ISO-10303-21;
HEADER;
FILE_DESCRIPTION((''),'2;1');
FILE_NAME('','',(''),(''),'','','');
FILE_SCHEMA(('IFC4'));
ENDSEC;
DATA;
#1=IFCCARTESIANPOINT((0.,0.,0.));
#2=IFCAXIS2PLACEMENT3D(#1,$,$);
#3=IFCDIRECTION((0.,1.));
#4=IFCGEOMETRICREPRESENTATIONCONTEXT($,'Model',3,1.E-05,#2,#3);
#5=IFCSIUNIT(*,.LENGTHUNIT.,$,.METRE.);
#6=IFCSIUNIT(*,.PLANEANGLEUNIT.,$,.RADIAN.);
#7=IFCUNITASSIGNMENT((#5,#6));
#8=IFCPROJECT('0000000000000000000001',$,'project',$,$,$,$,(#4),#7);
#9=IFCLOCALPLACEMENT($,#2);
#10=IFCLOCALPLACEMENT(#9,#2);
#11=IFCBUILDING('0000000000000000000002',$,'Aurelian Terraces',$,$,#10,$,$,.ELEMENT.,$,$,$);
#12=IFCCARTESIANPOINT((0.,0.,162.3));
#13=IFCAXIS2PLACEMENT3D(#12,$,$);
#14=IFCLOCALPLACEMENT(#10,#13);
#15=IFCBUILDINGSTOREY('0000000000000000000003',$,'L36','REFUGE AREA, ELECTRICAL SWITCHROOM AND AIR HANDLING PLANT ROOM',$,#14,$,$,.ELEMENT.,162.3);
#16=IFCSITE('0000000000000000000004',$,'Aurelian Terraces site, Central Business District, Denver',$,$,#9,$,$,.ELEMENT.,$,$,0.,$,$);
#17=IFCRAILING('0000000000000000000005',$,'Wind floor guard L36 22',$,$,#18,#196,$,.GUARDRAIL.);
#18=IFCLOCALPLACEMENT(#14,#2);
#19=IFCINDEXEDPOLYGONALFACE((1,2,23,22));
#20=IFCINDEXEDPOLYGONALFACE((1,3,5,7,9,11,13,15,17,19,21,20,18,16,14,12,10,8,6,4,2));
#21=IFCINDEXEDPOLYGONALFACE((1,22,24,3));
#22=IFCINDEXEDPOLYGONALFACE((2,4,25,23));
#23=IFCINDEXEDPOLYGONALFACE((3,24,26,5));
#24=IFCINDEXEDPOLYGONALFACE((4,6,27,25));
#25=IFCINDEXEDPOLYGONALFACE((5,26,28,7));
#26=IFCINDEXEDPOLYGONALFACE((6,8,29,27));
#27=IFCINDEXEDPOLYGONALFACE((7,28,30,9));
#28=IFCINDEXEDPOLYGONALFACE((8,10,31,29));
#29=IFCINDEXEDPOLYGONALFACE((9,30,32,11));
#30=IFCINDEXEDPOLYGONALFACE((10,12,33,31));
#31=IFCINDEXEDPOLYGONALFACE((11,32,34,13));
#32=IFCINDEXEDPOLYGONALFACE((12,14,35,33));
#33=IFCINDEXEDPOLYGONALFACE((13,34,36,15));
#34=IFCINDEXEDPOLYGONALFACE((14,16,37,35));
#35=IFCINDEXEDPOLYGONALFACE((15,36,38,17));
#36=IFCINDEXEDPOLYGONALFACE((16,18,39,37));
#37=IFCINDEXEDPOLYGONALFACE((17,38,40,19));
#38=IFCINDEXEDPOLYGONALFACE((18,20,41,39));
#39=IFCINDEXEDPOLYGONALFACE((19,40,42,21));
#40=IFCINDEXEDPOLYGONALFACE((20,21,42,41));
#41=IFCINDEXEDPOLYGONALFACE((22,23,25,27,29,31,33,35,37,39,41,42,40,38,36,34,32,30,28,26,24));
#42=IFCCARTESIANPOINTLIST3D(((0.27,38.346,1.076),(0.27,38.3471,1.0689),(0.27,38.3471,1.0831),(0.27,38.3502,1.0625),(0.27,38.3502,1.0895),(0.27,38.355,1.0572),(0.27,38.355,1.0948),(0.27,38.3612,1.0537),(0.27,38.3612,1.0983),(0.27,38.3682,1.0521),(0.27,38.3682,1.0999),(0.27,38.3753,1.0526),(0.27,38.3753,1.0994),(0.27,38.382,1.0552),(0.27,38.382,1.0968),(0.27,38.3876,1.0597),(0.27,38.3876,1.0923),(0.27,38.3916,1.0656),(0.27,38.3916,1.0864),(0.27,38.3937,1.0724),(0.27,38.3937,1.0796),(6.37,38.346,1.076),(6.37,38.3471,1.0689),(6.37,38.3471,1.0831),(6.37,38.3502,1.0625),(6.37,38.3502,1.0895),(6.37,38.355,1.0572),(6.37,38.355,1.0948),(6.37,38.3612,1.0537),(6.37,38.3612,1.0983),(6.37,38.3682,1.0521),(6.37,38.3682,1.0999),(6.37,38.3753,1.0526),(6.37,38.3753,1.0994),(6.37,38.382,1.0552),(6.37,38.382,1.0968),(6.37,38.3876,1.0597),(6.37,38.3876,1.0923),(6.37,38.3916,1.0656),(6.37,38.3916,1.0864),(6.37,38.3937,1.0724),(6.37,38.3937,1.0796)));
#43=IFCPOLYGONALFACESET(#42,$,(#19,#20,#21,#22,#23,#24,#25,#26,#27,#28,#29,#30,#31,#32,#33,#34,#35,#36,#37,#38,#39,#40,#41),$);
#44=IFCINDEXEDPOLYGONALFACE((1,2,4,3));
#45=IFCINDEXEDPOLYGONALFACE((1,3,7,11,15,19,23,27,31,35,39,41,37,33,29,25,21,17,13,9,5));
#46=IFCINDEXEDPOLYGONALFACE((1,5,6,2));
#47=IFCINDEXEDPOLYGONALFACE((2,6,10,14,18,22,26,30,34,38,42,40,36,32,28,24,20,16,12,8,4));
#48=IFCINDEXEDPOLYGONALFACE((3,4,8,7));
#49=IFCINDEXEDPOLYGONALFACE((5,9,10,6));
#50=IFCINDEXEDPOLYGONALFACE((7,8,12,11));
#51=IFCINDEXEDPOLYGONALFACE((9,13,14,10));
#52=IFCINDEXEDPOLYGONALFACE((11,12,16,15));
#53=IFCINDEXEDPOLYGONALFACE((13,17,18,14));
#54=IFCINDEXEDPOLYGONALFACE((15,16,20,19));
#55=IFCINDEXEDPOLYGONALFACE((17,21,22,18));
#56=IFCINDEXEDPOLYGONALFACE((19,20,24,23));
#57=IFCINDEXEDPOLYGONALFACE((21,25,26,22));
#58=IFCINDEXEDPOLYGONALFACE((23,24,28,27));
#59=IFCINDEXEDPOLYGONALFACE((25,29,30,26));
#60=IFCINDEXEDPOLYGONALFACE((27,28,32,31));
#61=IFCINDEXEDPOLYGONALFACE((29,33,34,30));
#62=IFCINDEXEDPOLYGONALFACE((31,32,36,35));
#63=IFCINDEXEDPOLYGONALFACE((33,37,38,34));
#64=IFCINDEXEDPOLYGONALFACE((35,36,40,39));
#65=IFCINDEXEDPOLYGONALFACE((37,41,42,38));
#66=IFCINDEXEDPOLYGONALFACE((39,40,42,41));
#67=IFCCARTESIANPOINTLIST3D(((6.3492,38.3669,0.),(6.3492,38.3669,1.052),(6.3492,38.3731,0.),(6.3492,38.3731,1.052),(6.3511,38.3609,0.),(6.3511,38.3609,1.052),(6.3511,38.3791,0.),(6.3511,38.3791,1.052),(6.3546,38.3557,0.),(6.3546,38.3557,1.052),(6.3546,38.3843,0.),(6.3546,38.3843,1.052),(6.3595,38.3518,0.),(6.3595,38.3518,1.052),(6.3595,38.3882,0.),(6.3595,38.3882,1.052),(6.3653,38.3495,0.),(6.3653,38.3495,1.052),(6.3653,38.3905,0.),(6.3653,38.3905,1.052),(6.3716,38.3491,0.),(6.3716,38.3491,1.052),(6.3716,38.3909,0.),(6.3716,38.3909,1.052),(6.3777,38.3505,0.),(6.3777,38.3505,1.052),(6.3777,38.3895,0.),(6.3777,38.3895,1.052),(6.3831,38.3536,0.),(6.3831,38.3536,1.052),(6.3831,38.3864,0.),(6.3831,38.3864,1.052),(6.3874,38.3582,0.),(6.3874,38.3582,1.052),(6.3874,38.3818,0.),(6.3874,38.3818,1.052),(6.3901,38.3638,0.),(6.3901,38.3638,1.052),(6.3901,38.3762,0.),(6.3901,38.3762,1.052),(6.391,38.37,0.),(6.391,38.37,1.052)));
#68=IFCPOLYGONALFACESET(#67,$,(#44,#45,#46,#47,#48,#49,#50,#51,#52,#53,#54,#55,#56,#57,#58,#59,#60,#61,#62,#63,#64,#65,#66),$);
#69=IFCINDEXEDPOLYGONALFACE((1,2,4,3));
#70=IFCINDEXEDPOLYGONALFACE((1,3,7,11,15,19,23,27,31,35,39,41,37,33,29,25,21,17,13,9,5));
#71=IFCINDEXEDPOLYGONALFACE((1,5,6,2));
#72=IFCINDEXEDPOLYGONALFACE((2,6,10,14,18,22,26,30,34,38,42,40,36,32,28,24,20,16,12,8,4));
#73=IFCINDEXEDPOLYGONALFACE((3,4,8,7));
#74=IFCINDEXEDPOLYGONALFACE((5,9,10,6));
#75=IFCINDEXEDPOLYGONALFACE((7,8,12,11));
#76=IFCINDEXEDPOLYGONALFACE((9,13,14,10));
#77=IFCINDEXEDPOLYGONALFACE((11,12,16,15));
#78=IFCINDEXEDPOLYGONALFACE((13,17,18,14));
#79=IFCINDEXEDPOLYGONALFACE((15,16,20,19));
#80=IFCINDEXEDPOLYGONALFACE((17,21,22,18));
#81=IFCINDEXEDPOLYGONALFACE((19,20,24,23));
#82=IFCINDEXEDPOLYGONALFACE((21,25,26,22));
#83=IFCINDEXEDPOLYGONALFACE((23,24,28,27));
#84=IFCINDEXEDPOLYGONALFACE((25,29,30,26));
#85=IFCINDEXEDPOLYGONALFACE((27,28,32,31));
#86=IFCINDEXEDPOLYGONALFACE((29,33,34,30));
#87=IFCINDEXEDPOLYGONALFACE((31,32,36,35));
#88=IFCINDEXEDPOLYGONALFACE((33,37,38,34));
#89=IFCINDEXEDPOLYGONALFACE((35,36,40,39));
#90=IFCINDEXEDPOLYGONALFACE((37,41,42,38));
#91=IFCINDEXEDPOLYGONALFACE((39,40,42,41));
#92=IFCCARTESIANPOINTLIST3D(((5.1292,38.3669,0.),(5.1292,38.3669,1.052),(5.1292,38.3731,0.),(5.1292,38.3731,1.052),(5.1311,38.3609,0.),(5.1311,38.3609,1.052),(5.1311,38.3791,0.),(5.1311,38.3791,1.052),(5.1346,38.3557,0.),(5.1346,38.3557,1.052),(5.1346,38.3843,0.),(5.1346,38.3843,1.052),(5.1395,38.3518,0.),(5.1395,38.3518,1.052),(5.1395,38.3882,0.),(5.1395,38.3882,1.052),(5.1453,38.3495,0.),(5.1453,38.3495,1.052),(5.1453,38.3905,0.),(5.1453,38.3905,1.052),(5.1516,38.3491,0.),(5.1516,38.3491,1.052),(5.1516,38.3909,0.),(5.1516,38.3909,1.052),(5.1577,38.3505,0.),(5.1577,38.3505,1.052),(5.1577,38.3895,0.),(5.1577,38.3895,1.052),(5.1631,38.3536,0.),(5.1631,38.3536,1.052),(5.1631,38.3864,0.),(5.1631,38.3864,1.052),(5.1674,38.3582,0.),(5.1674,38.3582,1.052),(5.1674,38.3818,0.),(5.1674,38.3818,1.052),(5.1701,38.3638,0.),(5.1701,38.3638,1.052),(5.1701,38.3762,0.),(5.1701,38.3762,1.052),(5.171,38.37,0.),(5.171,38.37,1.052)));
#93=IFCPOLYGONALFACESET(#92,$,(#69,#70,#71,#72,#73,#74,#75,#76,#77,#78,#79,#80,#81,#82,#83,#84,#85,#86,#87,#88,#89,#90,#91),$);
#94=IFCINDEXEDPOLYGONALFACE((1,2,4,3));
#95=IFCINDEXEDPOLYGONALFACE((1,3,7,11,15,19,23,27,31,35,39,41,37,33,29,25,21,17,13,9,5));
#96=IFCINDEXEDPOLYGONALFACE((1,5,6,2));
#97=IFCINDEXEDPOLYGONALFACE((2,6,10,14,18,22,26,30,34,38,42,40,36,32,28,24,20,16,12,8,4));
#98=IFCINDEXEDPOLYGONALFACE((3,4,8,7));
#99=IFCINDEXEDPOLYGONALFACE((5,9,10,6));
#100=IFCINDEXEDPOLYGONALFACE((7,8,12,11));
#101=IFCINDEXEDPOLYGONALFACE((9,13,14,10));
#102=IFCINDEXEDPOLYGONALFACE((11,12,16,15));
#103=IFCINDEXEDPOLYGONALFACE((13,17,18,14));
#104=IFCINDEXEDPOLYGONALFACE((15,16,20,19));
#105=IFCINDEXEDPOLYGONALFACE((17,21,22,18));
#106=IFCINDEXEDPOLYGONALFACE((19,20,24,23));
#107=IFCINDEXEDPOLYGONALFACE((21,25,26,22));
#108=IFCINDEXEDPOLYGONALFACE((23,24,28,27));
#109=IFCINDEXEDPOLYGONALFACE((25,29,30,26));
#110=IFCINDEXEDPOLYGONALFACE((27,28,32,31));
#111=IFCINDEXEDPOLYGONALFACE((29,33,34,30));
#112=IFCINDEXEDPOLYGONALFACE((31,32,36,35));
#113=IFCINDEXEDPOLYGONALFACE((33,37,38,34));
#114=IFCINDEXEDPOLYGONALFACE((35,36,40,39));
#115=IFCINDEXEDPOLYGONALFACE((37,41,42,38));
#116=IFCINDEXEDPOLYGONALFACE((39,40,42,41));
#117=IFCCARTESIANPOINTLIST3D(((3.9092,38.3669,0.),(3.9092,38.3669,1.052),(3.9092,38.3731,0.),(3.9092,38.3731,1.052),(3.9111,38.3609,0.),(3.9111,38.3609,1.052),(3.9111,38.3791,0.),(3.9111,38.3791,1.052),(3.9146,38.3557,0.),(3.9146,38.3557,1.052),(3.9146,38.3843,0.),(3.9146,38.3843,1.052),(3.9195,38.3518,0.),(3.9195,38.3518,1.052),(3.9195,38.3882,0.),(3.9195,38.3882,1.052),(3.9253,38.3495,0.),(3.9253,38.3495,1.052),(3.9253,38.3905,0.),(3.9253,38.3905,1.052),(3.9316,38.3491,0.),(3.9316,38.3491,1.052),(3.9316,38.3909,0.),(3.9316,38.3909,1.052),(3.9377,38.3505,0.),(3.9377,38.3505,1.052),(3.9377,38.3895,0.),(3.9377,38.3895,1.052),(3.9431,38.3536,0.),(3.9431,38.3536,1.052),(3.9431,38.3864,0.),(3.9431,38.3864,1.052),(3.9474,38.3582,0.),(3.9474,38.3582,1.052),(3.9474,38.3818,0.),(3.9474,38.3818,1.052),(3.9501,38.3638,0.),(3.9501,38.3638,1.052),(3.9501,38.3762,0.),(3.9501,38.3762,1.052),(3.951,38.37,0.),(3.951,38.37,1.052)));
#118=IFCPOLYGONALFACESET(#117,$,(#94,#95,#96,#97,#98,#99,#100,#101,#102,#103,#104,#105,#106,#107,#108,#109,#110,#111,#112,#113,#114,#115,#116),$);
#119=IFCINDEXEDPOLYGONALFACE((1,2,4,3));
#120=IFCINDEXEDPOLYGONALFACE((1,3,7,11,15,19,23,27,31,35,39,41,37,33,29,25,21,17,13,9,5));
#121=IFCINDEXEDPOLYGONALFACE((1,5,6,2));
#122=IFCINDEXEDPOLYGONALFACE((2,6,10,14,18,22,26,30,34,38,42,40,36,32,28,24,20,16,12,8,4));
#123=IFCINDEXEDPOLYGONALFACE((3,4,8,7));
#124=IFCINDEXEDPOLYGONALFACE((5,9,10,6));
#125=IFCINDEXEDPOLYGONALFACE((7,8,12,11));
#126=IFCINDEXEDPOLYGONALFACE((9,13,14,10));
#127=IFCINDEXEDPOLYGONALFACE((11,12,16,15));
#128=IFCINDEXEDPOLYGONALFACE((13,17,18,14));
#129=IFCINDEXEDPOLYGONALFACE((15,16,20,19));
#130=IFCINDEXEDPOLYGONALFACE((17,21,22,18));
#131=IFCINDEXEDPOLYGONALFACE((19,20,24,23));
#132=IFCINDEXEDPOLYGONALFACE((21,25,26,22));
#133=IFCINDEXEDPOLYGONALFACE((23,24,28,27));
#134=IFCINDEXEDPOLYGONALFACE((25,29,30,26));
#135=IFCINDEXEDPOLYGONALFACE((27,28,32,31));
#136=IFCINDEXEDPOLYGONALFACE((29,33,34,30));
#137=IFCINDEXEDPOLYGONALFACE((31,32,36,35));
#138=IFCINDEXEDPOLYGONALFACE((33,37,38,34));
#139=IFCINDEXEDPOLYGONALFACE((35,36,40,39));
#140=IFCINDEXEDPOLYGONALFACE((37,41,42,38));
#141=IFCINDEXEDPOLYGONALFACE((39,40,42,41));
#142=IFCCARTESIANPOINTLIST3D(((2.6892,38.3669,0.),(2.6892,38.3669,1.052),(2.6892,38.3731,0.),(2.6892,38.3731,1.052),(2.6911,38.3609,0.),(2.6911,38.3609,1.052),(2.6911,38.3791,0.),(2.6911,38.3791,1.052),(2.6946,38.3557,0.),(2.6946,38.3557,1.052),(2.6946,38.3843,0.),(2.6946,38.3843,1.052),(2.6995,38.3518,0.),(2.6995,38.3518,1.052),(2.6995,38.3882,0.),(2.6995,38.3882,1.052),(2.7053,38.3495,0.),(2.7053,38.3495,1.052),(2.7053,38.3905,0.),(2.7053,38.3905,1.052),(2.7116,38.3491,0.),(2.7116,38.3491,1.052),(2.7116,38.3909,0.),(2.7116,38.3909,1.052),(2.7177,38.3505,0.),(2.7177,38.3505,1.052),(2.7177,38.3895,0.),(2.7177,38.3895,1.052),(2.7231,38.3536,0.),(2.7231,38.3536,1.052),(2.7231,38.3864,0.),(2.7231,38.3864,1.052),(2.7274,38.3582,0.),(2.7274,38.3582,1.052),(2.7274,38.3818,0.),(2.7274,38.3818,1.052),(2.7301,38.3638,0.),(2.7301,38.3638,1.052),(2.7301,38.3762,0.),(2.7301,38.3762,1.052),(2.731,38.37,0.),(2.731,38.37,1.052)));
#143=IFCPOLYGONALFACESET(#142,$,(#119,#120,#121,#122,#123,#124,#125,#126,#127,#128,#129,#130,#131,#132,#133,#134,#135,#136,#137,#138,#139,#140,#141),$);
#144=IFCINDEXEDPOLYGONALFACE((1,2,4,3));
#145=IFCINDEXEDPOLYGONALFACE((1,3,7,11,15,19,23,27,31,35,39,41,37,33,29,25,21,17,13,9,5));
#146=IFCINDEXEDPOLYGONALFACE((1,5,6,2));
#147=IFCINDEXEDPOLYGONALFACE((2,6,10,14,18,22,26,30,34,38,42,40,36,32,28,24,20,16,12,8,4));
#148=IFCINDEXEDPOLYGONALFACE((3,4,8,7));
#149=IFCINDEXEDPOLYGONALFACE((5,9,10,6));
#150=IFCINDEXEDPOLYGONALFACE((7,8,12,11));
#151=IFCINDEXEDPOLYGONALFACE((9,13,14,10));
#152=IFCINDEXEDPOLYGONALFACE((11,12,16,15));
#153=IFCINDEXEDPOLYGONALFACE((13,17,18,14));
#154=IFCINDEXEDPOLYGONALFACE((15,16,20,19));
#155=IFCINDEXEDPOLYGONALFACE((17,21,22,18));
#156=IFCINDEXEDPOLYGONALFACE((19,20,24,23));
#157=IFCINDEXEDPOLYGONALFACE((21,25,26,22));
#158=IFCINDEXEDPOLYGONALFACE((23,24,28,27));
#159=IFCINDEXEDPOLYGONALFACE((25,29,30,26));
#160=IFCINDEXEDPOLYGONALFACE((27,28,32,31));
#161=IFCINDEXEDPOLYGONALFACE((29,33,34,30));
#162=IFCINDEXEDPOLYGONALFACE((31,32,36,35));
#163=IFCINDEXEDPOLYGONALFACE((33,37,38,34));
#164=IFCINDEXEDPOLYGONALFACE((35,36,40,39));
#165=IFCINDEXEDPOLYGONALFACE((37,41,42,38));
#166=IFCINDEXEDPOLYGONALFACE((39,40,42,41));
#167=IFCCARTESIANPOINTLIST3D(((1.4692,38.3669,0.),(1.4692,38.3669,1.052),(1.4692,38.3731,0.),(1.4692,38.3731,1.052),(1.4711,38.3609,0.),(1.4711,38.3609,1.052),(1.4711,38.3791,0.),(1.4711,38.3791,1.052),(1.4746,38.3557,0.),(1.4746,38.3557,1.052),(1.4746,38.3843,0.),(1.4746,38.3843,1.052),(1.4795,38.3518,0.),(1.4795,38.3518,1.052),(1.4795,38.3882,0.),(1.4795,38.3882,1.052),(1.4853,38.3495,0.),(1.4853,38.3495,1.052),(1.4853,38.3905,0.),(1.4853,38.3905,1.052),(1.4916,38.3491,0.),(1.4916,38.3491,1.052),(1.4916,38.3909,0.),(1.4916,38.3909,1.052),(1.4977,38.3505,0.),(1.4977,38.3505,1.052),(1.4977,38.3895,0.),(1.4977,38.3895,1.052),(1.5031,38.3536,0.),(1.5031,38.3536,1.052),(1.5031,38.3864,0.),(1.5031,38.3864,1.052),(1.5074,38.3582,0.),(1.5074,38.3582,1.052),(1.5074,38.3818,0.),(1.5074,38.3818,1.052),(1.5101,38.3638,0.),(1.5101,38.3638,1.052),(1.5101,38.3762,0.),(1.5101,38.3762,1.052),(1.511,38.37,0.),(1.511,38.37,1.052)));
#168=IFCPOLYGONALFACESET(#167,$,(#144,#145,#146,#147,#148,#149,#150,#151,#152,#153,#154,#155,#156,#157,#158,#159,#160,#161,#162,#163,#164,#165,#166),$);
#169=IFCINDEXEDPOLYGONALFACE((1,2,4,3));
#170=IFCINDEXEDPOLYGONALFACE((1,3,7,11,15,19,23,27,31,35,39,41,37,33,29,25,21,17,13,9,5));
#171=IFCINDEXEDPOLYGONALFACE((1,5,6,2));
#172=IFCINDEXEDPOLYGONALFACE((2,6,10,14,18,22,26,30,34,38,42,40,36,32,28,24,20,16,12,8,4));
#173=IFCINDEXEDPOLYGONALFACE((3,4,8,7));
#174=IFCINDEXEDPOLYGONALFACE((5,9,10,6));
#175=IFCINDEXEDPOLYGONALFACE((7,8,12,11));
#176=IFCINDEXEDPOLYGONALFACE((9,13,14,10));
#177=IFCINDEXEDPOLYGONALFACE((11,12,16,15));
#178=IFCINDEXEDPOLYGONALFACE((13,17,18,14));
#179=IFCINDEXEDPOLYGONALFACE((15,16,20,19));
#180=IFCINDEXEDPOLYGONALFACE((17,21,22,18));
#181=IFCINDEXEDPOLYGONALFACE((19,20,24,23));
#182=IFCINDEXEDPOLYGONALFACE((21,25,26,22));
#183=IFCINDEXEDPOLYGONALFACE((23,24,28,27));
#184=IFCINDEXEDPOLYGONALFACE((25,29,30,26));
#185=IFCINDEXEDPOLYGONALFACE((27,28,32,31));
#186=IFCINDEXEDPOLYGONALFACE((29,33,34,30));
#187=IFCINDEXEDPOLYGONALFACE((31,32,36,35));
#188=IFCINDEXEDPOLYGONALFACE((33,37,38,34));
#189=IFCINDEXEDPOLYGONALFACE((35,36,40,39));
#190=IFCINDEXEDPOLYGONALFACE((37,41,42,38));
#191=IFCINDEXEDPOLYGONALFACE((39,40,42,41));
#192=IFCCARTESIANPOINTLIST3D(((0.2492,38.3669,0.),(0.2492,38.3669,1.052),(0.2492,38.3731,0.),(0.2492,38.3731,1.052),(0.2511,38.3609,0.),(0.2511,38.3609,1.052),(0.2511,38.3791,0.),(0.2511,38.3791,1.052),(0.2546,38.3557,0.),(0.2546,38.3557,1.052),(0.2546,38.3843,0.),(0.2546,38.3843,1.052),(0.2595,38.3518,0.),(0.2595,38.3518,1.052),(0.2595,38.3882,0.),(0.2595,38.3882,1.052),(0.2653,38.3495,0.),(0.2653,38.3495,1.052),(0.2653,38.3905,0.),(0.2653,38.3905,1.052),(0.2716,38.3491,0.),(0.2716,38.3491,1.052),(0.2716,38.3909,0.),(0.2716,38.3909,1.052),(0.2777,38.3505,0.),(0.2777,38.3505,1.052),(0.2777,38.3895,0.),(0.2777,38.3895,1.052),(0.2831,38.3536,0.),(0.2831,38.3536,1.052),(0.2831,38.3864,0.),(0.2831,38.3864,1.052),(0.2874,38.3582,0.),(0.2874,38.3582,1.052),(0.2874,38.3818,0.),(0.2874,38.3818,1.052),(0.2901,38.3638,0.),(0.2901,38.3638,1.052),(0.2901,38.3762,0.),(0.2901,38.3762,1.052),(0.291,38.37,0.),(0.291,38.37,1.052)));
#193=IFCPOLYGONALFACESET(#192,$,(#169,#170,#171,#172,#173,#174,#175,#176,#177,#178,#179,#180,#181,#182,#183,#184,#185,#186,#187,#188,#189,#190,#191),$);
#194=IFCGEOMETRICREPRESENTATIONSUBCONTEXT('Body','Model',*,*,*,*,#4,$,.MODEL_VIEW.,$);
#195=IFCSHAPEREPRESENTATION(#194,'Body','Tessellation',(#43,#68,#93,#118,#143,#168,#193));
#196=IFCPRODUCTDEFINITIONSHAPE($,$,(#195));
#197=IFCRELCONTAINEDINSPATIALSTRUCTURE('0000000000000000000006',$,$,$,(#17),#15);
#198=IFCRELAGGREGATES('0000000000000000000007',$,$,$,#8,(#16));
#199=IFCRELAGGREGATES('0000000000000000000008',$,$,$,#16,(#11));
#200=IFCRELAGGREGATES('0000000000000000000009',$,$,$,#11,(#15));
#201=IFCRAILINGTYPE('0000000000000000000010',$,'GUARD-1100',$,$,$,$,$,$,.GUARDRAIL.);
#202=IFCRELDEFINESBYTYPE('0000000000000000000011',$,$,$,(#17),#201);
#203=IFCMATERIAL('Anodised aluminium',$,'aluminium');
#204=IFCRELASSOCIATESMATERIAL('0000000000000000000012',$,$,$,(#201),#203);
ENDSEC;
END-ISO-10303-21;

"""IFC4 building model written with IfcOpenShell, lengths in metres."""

from ifc_helpers import new_model, si_unit, direction, frame, origin, origin_2d, place, context, subcontext, project, spatial, circle, extrude, material, type_object, element, save


model = new_model("IFC4")

# Units and contexts
model_context = context("Model", 3, precision=1e-05, world=origin(), true_north=direction((0.0, 1.0)))
body_context = subcontext(model_context, "Body", "Model", "MODEL_VIEW")
ifc_project = project(units=[si_unit("LENGTHUNIT", "METRE"), si_unit("PLANEANGLEUNIT", "RADIAN")], contexts=[model_context])

# Site, building, storey
site_placement = place(None, origin())
site = spatial("IfcSite", under=ifc_project, at=site_placement, Name="Aurelian Terraces site, Central Business District, Denver", CompositionType="ELEMENT", RefElevation=0.0)
building_placement = place(site_placement, origin())
building = spatial("IfcBuilding", under=site, at=building_placement, Name="Aurelian Terraces", CompositionType="ELEMENT")
storey_placement = place(building_placement, frame((0.0, 0.0, 162.3)))
storey = spatial("IfcBuildingStorey", under=building, at=storey_placement, Name="L36", Description="REFUGE AREA, ELECTRICAL SWITCHROOM AND AIR HANDLING PLANT ROOM", CompositionType="ELEMENT", Elevation=162.3)

# Railing
ifc_material_1 = material(Name="Anodised aluminium", Category="aluminium")
railing_type = type_object("IfcRailingType", Name="GUARD-1100", PredefinedType="GUARDRAIL", material=ifc_material_1)
railing_1_placement = place(storey_placement, frame((6.37, 38.37, 0.0)))
element("IfcRailing", 1, at=railing_1_placement, inside=storey, type_object=railing_type, Name="Wind floor guard L36 22", PredefinedType="GUARDRAIL", context=body_context, shape_type="SweptSolid", body=[
    extrude(circle(Radius=0.024, at=origin_2d()), frame((0.0, 0.0, 1.076), z_axis=(-1.0, 0.0, 0.0), x_axis=(0.0, -1.0, 0.0)), (0.0, 0.0, 1.0), 6.1),
    extrude(circle(Radius=0.021, at=origin_2d()), origin(), (0.0, 0.0, 1.0), 1.052),
    extrude(circle(Radius=0.021, at=origin_2d()), frame((-1.22, 0.0, 0.0)), (0.0, 0.0, 1.0), 1.052),
    extrude(circle(Radius=0.021, at=origin_2d()), frame((-2.44, 0.0, 0.0)), (0.0, 0.0, 1.0), 1.052),
    extrude(circle(Radius=0.021, at=origin_2d()), frame((-3.66, 0.0, 0.0)), (0.0, 0.0, 1.0), 1.052),
    extrude(circle(Radius=0.021, at=origin_2d()), frame((-4.88, 0.0, 0.0)), (0.0, 0.0, 1.0), 1.052),
    extrude(circle(Radius=0.021, at=origin_2d()), frame((-6.1, 0.0, 0.0)), (0.0, 0.0, 1.0), 1.052),
])

save(model, "model.ifc")
